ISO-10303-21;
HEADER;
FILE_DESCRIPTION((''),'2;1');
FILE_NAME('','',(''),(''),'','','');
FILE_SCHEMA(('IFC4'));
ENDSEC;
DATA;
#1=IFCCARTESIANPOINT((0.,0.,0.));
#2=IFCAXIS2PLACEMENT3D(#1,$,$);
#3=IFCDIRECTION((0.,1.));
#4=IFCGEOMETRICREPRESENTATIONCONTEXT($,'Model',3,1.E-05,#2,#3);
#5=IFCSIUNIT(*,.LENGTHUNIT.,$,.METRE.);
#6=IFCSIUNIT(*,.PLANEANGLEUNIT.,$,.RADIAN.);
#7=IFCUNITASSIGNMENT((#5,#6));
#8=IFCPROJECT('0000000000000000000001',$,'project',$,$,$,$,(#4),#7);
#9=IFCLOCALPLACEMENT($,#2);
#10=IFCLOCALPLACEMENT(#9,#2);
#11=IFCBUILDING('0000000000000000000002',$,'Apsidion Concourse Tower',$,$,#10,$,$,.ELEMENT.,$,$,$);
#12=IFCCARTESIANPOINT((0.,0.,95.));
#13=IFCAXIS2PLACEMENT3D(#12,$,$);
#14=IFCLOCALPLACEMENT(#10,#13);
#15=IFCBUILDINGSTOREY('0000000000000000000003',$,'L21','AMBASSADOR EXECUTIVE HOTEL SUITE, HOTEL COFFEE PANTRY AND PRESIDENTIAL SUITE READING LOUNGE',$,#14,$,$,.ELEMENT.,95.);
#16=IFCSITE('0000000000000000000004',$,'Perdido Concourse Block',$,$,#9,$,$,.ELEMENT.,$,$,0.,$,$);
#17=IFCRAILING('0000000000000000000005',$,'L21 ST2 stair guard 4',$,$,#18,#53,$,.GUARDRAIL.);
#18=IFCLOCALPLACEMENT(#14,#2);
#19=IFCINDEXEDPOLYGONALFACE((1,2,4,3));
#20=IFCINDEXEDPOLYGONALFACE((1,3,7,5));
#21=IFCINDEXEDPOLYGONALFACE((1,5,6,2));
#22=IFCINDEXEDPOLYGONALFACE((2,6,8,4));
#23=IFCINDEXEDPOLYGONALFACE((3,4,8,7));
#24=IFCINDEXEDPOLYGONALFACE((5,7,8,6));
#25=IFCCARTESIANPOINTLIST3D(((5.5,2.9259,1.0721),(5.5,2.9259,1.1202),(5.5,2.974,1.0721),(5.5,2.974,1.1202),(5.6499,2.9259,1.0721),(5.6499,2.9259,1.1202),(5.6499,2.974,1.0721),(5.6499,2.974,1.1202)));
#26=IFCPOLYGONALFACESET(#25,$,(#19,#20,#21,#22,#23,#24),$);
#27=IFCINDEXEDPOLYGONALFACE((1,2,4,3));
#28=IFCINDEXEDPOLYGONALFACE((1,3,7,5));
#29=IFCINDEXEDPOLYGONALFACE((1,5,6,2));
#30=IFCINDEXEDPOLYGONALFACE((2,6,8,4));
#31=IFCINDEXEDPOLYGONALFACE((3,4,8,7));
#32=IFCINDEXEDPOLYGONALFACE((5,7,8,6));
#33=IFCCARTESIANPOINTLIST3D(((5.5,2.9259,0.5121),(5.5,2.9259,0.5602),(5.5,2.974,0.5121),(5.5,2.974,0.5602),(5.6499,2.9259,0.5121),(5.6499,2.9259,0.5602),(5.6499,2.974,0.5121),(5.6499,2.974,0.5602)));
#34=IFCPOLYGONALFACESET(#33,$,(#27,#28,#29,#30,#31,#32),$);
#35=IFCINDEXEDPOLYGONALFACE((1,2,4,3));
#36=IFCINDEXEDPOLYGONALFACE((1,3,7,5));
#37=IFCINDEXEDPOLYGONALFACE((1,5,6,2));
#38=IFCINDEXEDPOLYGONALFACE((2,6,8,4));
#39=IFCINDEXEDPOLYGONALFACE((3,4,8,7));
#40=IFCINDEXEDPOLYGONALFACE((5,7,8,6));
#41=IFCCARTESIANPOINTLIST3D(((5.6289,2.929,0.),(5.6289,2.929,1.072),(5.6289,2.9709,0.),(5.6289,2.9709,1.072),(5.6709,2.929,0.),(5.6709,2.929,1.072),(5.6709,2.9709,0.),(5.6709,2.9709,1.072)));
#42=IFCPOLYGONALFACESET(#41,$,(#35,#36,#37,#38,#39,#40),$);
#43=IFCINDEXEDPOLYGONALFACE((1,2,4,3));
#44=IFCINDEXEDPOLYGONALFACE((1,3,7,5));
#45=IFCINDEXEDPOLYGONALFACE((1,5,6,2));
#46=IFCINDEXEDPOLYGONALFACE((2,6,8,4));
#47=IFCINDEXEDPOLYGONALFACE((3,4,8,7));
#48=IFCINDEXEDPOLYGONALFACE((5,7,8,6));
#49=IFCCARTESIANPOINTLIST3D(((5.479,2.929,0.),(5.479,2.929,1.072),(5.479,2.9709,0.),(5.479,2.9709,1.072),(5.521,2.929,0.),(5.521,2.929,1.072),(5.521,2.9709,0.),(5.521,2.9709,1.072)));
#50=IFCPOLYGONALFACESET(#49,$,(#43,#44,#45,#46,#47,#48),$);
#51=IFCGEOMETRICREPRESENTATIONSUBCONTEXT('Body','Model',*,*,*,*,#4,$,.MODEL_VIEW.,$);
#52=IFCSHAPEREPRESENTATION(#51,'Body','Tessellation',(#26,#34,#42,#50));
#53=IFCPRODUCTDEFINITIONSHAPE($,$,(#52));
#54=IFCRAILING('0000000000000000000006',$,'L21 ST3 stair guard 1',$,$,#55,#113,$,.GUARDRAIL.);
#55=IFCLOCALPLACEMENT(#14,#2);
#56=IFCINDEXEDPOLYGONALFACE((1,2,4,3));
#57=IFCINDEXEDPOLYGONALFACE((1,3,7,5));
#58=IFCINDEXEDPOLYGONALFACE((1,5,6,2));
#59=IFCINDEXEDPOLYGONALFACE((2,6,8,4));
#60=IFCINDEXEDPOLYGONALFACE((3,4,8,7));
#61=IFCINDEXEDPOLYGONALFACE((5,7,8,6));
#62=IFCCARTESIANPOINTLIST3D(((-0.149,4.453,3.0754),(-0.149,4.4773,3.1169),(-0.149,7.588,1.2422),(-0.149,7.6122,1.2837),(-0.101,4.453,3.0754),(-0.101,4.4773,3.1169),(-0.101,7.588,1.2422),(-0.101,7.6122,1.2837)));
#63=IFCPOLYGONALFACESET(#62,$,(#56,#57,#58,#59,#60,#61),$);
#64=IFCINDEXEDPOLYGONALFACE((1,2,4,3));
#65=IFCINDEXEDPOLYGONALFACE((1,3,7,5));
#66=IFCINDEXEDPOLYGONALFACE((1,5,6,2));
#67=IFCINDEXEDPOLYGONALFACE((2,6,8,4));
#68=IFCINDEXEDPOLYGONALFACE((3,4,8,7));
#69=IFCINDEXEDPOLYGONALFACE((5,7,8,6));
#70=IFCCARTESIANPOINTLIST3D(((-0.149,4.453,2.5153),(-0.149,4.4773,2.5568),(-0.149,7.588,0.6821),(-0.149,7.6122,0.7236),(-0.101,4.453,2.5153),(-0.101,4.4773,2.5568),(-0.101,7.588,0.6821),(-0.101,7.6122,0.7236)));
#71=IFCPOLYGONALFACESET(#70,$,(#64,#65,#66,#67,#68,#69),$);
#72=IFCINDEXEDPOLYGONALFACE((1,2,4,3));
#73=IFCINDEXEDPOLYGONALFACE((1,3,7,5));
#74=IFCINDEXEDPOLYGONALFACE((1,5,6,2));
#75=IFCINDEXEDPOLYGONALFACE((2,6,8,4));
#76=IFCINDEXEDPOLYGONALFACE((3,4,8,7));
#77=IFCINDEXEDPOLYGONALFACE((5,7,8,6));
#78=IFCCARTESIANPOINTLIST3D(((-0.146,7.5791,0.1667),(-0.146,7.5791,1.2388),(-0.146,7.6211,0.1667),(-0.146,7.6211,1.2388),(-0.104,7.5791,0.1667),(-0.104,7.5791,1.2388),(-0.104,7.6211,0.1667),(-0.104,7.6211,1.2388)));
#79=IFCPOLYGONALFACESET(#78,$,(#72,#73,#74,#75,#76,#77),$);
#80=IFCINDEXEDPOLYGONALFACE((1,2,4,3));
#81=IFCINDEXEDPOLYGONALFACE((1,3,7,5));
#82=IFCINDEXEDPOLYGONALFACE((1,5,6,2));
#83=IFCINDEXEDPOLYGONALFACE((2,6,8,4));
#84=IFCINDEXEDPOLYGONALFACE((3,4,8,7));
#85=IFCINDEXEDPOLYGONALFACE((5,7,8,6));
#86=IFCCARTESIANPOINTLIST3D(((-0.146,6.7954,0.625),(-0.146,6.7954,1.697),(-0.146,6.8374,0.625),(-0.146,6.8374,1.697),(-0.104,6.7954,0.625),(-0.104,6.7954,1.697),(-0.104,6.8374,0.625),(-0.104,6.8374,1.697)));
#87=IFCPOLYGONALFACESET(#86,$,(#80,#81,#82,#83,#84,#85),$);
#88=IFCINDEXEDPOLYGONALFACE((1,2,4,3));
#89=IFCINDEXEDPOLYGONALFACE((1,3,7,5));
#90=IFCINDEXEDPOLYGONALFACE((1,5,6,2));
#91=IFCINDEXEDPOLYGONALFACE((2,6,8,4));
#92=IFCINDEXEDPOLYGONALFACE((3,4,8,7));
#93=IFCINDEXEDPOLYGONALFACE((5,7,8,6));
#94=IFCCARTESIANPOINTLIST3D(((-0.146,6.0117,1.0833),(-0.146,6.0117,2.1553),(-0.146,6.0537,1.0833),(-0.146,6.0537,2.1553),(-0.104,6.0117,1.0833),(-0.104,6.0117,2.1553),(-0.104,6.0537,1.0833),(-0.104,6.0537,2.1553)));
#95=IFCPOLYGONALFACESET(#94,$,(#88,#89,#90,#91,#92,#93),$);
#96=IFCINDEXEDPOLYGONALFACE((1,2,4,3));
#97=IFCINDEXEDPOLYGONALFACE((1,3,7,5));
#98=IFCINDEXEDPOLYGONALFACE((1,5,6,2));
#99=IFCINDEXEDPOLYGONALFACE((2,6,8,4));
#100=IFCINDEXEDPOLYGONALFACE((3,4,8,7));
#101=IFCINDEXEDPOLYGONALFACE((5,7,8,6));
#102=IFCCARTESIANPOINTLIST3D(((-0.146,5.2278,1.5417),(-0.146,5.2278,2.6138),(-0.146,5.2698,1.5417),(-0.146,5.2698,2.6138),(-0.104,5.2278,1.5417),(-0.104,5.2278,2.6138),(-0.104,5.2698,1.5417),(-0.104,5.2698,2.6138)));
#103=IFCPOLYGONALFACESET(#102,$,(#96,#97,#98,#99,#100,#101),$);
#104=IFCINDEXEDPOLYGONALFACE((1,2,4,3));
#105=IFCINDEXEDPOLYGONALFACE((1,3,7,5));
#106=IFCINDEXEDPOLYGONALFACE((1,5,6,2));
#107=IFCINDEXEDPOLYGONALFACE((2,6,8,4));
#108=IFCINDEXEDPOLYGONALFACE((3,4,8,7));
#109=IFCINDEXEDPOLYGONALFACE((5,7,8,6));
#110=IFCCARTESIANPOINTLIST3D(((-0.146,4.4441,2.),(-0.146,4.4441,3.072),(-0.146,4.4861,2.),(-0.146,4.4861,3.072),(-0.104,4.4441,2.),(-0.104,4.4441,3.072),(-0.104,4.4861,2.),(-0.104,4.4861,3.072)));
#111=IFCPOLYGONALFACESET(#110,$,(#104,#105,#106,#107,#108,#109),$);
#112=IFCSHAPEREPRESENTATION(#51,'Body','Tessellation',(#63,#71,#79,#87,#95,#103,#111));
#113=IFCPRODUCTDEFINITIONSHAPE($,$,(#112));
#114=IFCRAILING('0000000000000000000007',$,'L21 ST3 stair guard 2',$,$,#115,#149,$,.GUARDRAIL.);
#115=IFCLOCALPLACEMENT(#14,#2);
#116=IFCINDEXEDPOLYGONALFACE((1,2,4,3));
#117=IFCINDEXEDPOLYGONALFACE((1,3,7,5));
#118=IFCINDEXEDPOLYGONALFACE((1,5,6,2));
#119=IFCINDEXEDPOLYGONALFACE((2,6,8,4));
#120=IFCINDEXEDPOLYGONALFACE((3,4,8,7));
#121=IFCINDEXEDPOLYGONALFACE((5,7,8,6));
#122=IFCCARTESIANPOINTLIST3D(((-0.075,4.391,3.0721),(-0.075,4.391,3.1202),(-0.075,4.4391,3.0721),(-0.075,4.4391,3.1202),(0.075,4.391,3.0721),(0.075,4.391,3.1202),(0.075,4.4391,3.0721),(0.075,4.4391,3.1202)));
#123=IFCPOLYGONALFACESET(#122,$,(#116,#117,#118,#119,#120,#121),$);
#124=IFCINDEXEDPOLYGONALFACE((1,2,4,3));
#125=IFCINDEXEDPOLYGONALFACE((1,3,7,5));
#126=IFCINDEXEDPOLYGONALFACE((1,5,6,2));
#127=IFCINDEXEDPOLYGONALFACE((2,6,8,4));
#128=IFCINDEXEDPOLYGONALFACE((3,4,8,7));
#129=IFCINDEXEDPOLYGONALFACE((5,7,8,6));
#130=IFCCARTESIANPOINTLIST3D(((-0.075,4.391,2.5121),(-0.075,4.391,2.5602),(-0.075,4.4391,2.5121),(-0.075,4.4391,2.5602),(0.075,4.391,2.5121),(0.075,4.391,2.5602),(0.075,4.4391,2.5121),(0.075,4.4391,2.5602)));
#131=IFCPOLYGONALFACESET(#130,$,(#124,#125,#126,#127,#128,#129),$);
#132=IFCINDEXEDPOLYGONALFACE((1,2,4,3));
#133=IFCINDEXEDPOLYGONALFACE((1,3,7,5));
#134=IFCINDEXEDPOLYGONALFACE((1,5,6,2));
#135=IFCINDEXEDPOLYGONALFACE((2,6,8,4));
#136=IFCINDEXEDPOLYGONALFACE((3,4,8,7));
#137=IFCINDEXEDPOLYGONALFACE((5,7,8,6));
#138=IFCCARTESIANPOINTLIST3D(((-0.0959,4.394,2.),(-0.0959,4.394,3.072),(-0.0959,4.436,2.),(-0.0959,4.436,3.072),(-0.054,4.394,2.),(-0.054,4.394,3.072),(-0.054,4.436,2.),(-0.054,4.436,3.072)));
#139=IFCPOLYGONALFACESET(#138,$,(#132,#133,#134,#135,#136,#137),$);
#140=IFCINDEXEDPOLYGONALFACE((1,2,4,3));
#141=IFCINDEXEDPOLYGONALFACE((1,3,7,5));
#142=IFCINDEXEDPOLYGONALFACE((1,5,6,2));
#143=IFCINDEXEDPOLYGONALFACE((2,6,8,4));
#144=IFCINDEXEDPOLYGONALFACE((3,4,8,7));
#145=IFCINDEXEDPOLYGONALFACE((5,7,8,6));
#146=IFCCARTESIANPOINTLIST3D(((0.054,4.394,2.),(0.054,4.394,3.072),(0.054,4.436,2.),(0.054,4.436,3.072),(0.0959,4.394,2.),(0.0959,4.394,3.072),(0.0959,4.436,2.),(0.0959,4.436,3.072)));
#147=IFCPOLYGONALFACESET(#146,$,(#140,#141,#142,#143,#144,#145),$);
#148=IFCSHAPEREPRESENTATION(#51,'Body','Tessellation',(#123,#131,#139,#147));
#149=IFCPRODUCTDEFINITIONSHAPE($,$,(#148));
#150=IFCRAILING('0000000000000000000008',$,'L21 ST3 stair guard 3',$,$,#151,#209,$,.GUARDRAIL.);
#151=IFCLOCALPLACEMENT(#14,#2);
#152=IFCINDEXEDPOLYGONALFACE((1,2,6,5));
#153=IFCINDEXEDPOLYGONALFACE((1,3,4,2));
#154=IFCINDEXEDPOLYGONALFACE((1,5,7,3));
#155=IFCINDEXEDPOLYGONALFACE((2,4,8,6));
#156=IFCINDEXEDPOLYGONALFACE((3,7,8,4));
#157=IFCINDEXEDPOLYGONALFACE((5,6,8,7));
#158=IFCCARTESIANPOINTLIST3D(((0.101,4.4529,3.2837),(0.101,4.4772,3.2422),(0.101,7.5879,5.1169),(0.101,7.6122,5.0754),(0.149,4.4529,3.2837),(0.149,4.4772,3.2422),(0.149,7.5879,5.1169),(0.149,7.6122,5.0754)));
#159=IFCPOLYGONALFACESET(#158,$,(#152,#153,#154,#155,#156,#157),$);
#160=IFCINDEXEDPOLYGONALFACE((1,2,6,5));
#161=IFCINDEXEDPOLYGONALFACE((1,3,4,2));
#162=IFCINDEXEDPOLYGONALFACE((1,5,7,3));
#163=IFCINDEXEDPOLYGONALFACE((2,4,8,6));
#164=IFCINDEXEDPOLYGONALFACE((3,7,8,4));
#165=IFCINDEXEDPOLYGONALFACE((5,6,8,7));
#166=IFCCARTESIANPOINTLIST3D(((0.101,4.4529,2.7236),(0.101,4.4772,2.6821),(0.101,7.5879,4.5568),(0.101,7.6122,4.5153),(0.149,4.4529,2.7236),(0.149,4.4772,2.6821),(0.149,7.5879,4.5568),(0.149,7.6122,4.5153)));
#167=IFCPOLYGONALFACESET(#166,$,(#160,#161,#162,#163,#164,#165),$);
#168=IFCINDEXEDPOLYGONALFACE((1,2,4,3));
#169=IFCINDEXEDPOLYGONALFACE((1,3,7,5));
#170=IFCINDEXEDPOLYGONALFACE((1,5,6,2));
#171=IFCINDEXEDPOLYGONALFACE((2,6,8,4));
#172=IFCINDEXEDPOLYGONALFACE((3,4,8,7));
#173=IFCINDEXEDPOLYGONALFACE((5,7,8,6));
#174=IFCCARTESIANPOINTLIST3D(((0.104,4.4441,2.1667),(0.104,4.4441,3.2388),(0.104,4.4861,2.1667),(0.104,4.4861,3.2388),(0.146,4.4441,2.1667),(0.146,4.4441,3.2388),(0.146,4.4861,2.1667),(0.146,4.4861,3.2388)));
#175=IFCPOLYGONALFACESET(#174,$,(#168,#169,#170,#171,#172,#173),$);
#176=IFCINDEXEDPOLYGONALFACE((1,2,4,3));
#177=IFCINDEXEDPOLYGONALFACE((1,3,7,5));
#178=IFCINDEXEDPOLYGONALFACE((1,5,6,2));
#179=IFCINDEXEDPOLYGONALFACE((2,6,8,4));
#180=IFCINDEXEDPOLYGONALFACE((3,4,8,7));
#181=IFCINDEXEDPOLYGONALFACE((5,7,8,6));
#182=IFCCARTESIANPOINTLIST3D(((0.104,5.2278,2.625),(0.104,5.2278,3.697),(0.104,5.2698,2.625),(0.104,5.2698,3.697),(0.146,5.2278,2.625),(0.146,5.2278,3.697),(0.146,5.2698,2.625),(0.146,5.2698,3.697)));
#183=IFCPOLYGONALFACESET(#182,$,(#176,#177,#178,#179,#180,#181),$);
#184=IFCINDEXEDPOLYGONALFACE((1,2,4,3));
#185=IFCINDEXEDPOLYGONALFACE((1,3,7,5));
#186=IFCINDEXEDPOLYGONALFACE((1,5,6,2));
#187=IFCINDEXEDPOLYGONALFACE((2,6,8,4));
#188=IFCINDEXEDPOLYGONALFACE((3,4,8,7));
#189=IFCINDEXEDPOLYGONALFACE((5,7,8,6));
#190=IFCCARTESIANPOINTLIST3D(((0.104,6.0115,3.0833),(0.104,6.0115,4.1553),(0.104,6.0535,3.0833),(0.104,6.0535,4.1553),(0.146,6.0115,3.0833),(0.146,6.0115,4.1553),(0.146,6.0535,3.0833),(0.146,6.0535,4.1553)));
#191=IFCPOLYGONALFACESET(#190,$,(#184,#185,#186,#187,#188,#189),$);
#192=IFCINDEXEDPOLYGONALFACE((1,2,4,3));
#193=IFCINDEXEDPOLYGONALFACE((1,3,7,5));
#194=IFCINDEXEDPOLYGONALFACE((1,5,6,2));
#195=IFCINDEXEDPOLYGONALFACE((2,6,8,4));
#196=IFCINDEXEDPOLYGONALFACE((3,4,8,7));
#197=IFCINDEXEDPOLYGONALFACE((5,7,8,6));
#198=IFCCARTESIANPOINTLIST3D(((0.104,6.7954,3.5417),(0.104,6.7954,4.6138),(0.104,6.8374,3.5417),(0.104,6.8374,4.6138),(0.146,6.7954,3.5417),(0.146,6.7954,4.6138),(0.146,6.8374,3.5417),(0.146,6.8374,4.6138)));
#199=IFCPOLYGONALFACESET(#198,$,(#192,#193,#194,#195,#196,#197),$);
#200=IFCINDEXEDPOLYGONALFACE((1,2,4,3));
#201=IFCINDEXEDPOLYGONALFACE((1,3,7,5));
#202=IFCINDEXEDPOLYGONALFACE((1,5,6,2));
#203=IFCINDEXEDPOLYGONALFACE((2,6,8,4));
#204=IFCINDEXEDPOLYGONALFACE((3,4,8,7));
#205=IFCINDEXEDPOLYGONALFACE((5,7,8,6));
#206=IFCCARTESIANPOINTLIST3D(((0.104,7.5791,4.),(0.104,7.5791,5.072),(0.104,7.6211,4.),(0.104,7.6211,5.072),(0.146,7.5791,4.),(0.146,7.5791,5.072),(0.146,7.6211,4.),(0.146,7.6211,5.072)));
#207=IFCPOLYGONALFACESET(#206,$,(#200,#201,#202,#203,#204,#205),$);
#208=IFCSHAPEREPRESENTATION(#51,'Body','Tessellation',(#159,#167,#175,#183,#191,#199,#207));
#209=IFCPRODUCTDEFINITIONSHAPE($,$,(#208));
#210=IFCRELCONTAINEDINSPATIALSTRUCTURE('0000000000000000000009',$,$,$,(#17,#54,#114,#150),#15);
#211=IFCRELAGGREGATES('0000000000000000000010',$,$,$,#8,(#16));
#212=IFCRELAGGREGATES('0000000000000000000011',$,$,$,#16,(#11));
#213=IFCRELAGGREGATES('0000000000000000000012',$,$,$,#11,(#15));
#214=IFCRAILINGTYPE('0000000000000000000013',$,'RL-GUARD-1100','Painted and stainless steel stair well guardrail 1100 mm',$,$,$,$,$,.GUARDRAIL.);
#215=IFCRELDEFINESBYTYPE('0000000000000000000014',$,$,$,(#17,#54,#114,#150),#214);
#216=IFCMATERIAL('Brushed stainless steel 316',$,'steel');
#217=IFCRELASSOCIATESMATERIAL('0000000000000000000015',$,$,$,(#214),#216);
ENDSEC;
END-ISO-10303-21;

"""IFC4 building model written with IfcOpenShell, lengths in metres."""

from ifc_helpers import new_model, si_unit, direction, frame, origin, origin_2d, place, context, subcontext, project, spatial, rectangle, extrude, material, type_object, element, save


model = new_model("IFC4")

# Units and contexts
model_context = context("Model", 3, precision=1e-05, world=origin(), true_north=direction((0.0, 1.0)))
body_context = subcontext(model_context, "Body", "Model", "MODEL_VIEW")
ifc_project = project(units=[si_unit("LENGTHUNIT", "METRE"), si_unit("PLANEANGLEUNIT", "RADIAN")], contexts=[model_context])

# Site, building, storey
site_placement = place(None, origin())
site = spatial("IfcSite", under=ifc_project, at=site_placement, Name="Perdido Concourse Block", CompositionType="ELEMENT", RefElevation=0.0)
building_placement = place(site_placement, origin())
building = spatial("IfcBuilding", under=site, at=building_placement, Name="Apsidion Concourse Tower", CompositionType="ELEMENT")
storey_placement = place(building_placement, frame((0.0, 0.0, 95.0)))
storey = spatial("IfcBuildingStorey", under=building, at=storey_placement, Name="L21", Description="AMBASSADOR EXECUTIVE HOTEL SUITE, HOTEL COFFEE PANTRY AND PRESIDENTIAL SUITE READING LOUNGE", CompositionType="ELEMENT", Elevation=95.0)

# Railings
ifc_material_1 = material(Name="Brushed stainless steel 316", Category="steel")
railing_type_1 = type_object("IfcRailingType", Name="RL-GUARD-1100", Description="Painted and stainless steel stair well guardrail 1100 mm", PredefinedType="GUARDRAIL", material=ifc_material_1)
railing_1_placement = place(storey_placement, frame((5.6499, 2.95, 0.0)))
element("IfcRailing", 1, at=railing_1_placement, inside=storey, type_object=railing_type_1, Name="L21 ST2 stair guard 4", PredefinedType="GUARDRAIL", context=body_context, shape_type="SweptSolid", body=[
    extrude(rectangle(XDim=0.0481, YDim=0.0481, at=origin_2d()), frame((0.0, 0.0, 1.0962), z_axis=(-1.0, 0.0, 0.0), x_axis=(0.0, -1.0, 0.0)), (0.0, 0.0, 1.0), 0.1499),
    extrude(rectangle(XDim=0.0481, YDim=0.0481, at=origin_2d()), frame((0.0, 0.0, 0.5361), z_axis=(-1.0, 0.0, 0.0), x_axis=(0.0, -1.0, 0.0)), (0.0, 0.0, 1.0), 0.1499),
    extrude(rectangle(XDim=0.042, YDim=0.042, at=origin_2d()), origin(), (0.0, 0.0, 1.0), 1.072),
    extrude(rectangle(XDim=0.042, YDim=0.042, at=origin_2d()), frame((-0.1499, 0.0, 0.0)), (0.0, 0.0, 1.0), 1.072),
])
railing_2_placement = place(storey_placement, frame((-0.125, 7.6001, 0.1667)))
element("IfcRailing", 2, at=railing_2_placement, inside=storey, type_object=railing_type_1, Name="L21 ST3 stair guard 1", PredefinedType="GUARDRAIL", context=body_context, shape_type="SweptSolid", body=[
    extrude(rectangle(XDim=0.0481, YDim=0.0481, at=origin_2d()), frame((0.0, 0.0, 1.0962), z_axis=(0.0, -0.86324, 0.504794), x_axis=(1.0, 0.0, 0.0)), (0.0, 0.0, 1.0), 3.6316),
    extrude(rectangle(XDim=0.0481, YDim=0.0481, at=origin_2d()), frame((0.0, 0.0, 0.5361), z_axis=(0.0, -0.86324, 0.504794), x_axis=(1.0, 0.0, 0.0)), (0.0, 0.0, 1.0), 3.6316),
    extrude(rectangle(XDim=0.042, YDim=0.042, at=origin_2d()), origin(), (0.0, 0.0, 1.0), 1.072),
    extrude(rectangle(XDim=0.042, YDim=0.042, at=origin_2d()), frame((0.0, -0.7837, 0.4583)), (0.0, 0.0, 1.0), 1.072),
    extrude(rectangle(XDim=0.042, YDim=0.042, at=origin_2d()), frame((0.0, -1.5674, 0.9165)), (0.0, 0.0, 1.0), 1.072),
    extrude(rectangle(XDim=0.042, YDim=0.042, at=origin_2d()), frame((0.0, -2.3513, 1.375)), (0.0, 0.0, 1.0), 1.072),
    extrude(rectangle(XDim=0.042, YDim=0.042, at=origin_2d()), frame((0.0, -3.135, 1.8333)), (0.0, 0.0, 1.0), 1.072),
])
railing_3_placement = place(storey_placement, frame((-0.075, 4.415, 2.0)))
element("IfcRailing", 3, at=railing_3_placement, inside=storey, type_object=railing_type_1, Name="L21 ST3 stair guard 2", PredefinedType="GUARDRAIL", context=body_context, shape_type="SweptSolid", body=[
    extrude(rectangle(XDim=0.0481, YDim=0.0481, at=origin_2d()), frame((0.0, 0.0, 1.0962), z_axis=(1.0, 0.0, 0.0), x_axis=(0.0, 1.0, 0.0)), (0.0, 0.0, 1.0), 0.1499),
    extrude(rectangle(XDim=0.0481, YDim=0.0481, at=origin_2d()), frame((0.0, 0.0, 0.5361), z_axis=(1.0, 0.0, 0.0), x_axis=(0.0, 1.0, 0.0)), (0.0, 0.0, 1.0), 0.1499),
    extrude(rectangle(XDim=0.042, YDim=0.042, at=origin_2d()), origin(), (0.0, 0.0, 1.0), 1.072),
    extrude(rectangle(XDim=0.042, YDim=0.042, at=origin_2d()), frame((0.1499, 0.0, 0.0)), (0.0, 0.0, 1.0), 1.072),
])
railing_4_placement = place(storey_placement, frame((0.125, 4.4651, 2.1667)))
element("IfcRailing", 4, at=railing_4_placement, inside=storey, type_object=railing_type_1, Name="L21 ST3 stair guard 3", PredefinedType="GUARDRAIL", context=body_context, shape_type="SweptSolid", body=[
    extrude(rectangle(XDim=0.0481, YDim=0.0481, at=origin_2d()), frame((0.0, 0.0, 1.0962), z_axis=(0.0, 0.86324, 0.504794), x_axis=(-1.0, 0.0, 0.0)), (0.0, 0.0, 1.0), 3.6316),
    extrude(rectangle(XDim=0.0481, YDim=0.0481, at=origin_2d()), frame((0.0, 0.0, 0.5361), z_axis=(0.0, 0.86324, 0.504794), x_axis=(-1.0, 0.0, 0.0)), (0.0, 0.0, 1.0), 3.6316),
    extrude(rectangle(XDim=0.042, YDim=0.042, at=origin_2d()), origin(), (0.0, 0.0, 1.0), 1.072),
    extrude(rectangle(XDim=0.042, YDim=0.042, at=origin_2d()), frame((0.0, 0.7837, 0.4583)), (0.0, 0.0, 1.0), 1.072),
    extrude(rectangle(XDim=0.042, YDim=0.042, at=origin_2d()), frame((0.0, 1.5674, 0.9165)), (0.0, 0.0, 1.0), 1.072),
    extrude(rectangle(XDim=0.042, YDim=0.042, at=origin_2d()), frame((0.0, 2.3513, 1.375)), (0.0, 0.0, 1.0), 1.072),
    extrude(rectangle(XDim=0.042, YDim=0.042, at=origin_2d()), frame((0.0, 3.135, 1.8333)), (0.0, 0.0, 1.0), 1.072),
])

save(model, "model.ifc")
